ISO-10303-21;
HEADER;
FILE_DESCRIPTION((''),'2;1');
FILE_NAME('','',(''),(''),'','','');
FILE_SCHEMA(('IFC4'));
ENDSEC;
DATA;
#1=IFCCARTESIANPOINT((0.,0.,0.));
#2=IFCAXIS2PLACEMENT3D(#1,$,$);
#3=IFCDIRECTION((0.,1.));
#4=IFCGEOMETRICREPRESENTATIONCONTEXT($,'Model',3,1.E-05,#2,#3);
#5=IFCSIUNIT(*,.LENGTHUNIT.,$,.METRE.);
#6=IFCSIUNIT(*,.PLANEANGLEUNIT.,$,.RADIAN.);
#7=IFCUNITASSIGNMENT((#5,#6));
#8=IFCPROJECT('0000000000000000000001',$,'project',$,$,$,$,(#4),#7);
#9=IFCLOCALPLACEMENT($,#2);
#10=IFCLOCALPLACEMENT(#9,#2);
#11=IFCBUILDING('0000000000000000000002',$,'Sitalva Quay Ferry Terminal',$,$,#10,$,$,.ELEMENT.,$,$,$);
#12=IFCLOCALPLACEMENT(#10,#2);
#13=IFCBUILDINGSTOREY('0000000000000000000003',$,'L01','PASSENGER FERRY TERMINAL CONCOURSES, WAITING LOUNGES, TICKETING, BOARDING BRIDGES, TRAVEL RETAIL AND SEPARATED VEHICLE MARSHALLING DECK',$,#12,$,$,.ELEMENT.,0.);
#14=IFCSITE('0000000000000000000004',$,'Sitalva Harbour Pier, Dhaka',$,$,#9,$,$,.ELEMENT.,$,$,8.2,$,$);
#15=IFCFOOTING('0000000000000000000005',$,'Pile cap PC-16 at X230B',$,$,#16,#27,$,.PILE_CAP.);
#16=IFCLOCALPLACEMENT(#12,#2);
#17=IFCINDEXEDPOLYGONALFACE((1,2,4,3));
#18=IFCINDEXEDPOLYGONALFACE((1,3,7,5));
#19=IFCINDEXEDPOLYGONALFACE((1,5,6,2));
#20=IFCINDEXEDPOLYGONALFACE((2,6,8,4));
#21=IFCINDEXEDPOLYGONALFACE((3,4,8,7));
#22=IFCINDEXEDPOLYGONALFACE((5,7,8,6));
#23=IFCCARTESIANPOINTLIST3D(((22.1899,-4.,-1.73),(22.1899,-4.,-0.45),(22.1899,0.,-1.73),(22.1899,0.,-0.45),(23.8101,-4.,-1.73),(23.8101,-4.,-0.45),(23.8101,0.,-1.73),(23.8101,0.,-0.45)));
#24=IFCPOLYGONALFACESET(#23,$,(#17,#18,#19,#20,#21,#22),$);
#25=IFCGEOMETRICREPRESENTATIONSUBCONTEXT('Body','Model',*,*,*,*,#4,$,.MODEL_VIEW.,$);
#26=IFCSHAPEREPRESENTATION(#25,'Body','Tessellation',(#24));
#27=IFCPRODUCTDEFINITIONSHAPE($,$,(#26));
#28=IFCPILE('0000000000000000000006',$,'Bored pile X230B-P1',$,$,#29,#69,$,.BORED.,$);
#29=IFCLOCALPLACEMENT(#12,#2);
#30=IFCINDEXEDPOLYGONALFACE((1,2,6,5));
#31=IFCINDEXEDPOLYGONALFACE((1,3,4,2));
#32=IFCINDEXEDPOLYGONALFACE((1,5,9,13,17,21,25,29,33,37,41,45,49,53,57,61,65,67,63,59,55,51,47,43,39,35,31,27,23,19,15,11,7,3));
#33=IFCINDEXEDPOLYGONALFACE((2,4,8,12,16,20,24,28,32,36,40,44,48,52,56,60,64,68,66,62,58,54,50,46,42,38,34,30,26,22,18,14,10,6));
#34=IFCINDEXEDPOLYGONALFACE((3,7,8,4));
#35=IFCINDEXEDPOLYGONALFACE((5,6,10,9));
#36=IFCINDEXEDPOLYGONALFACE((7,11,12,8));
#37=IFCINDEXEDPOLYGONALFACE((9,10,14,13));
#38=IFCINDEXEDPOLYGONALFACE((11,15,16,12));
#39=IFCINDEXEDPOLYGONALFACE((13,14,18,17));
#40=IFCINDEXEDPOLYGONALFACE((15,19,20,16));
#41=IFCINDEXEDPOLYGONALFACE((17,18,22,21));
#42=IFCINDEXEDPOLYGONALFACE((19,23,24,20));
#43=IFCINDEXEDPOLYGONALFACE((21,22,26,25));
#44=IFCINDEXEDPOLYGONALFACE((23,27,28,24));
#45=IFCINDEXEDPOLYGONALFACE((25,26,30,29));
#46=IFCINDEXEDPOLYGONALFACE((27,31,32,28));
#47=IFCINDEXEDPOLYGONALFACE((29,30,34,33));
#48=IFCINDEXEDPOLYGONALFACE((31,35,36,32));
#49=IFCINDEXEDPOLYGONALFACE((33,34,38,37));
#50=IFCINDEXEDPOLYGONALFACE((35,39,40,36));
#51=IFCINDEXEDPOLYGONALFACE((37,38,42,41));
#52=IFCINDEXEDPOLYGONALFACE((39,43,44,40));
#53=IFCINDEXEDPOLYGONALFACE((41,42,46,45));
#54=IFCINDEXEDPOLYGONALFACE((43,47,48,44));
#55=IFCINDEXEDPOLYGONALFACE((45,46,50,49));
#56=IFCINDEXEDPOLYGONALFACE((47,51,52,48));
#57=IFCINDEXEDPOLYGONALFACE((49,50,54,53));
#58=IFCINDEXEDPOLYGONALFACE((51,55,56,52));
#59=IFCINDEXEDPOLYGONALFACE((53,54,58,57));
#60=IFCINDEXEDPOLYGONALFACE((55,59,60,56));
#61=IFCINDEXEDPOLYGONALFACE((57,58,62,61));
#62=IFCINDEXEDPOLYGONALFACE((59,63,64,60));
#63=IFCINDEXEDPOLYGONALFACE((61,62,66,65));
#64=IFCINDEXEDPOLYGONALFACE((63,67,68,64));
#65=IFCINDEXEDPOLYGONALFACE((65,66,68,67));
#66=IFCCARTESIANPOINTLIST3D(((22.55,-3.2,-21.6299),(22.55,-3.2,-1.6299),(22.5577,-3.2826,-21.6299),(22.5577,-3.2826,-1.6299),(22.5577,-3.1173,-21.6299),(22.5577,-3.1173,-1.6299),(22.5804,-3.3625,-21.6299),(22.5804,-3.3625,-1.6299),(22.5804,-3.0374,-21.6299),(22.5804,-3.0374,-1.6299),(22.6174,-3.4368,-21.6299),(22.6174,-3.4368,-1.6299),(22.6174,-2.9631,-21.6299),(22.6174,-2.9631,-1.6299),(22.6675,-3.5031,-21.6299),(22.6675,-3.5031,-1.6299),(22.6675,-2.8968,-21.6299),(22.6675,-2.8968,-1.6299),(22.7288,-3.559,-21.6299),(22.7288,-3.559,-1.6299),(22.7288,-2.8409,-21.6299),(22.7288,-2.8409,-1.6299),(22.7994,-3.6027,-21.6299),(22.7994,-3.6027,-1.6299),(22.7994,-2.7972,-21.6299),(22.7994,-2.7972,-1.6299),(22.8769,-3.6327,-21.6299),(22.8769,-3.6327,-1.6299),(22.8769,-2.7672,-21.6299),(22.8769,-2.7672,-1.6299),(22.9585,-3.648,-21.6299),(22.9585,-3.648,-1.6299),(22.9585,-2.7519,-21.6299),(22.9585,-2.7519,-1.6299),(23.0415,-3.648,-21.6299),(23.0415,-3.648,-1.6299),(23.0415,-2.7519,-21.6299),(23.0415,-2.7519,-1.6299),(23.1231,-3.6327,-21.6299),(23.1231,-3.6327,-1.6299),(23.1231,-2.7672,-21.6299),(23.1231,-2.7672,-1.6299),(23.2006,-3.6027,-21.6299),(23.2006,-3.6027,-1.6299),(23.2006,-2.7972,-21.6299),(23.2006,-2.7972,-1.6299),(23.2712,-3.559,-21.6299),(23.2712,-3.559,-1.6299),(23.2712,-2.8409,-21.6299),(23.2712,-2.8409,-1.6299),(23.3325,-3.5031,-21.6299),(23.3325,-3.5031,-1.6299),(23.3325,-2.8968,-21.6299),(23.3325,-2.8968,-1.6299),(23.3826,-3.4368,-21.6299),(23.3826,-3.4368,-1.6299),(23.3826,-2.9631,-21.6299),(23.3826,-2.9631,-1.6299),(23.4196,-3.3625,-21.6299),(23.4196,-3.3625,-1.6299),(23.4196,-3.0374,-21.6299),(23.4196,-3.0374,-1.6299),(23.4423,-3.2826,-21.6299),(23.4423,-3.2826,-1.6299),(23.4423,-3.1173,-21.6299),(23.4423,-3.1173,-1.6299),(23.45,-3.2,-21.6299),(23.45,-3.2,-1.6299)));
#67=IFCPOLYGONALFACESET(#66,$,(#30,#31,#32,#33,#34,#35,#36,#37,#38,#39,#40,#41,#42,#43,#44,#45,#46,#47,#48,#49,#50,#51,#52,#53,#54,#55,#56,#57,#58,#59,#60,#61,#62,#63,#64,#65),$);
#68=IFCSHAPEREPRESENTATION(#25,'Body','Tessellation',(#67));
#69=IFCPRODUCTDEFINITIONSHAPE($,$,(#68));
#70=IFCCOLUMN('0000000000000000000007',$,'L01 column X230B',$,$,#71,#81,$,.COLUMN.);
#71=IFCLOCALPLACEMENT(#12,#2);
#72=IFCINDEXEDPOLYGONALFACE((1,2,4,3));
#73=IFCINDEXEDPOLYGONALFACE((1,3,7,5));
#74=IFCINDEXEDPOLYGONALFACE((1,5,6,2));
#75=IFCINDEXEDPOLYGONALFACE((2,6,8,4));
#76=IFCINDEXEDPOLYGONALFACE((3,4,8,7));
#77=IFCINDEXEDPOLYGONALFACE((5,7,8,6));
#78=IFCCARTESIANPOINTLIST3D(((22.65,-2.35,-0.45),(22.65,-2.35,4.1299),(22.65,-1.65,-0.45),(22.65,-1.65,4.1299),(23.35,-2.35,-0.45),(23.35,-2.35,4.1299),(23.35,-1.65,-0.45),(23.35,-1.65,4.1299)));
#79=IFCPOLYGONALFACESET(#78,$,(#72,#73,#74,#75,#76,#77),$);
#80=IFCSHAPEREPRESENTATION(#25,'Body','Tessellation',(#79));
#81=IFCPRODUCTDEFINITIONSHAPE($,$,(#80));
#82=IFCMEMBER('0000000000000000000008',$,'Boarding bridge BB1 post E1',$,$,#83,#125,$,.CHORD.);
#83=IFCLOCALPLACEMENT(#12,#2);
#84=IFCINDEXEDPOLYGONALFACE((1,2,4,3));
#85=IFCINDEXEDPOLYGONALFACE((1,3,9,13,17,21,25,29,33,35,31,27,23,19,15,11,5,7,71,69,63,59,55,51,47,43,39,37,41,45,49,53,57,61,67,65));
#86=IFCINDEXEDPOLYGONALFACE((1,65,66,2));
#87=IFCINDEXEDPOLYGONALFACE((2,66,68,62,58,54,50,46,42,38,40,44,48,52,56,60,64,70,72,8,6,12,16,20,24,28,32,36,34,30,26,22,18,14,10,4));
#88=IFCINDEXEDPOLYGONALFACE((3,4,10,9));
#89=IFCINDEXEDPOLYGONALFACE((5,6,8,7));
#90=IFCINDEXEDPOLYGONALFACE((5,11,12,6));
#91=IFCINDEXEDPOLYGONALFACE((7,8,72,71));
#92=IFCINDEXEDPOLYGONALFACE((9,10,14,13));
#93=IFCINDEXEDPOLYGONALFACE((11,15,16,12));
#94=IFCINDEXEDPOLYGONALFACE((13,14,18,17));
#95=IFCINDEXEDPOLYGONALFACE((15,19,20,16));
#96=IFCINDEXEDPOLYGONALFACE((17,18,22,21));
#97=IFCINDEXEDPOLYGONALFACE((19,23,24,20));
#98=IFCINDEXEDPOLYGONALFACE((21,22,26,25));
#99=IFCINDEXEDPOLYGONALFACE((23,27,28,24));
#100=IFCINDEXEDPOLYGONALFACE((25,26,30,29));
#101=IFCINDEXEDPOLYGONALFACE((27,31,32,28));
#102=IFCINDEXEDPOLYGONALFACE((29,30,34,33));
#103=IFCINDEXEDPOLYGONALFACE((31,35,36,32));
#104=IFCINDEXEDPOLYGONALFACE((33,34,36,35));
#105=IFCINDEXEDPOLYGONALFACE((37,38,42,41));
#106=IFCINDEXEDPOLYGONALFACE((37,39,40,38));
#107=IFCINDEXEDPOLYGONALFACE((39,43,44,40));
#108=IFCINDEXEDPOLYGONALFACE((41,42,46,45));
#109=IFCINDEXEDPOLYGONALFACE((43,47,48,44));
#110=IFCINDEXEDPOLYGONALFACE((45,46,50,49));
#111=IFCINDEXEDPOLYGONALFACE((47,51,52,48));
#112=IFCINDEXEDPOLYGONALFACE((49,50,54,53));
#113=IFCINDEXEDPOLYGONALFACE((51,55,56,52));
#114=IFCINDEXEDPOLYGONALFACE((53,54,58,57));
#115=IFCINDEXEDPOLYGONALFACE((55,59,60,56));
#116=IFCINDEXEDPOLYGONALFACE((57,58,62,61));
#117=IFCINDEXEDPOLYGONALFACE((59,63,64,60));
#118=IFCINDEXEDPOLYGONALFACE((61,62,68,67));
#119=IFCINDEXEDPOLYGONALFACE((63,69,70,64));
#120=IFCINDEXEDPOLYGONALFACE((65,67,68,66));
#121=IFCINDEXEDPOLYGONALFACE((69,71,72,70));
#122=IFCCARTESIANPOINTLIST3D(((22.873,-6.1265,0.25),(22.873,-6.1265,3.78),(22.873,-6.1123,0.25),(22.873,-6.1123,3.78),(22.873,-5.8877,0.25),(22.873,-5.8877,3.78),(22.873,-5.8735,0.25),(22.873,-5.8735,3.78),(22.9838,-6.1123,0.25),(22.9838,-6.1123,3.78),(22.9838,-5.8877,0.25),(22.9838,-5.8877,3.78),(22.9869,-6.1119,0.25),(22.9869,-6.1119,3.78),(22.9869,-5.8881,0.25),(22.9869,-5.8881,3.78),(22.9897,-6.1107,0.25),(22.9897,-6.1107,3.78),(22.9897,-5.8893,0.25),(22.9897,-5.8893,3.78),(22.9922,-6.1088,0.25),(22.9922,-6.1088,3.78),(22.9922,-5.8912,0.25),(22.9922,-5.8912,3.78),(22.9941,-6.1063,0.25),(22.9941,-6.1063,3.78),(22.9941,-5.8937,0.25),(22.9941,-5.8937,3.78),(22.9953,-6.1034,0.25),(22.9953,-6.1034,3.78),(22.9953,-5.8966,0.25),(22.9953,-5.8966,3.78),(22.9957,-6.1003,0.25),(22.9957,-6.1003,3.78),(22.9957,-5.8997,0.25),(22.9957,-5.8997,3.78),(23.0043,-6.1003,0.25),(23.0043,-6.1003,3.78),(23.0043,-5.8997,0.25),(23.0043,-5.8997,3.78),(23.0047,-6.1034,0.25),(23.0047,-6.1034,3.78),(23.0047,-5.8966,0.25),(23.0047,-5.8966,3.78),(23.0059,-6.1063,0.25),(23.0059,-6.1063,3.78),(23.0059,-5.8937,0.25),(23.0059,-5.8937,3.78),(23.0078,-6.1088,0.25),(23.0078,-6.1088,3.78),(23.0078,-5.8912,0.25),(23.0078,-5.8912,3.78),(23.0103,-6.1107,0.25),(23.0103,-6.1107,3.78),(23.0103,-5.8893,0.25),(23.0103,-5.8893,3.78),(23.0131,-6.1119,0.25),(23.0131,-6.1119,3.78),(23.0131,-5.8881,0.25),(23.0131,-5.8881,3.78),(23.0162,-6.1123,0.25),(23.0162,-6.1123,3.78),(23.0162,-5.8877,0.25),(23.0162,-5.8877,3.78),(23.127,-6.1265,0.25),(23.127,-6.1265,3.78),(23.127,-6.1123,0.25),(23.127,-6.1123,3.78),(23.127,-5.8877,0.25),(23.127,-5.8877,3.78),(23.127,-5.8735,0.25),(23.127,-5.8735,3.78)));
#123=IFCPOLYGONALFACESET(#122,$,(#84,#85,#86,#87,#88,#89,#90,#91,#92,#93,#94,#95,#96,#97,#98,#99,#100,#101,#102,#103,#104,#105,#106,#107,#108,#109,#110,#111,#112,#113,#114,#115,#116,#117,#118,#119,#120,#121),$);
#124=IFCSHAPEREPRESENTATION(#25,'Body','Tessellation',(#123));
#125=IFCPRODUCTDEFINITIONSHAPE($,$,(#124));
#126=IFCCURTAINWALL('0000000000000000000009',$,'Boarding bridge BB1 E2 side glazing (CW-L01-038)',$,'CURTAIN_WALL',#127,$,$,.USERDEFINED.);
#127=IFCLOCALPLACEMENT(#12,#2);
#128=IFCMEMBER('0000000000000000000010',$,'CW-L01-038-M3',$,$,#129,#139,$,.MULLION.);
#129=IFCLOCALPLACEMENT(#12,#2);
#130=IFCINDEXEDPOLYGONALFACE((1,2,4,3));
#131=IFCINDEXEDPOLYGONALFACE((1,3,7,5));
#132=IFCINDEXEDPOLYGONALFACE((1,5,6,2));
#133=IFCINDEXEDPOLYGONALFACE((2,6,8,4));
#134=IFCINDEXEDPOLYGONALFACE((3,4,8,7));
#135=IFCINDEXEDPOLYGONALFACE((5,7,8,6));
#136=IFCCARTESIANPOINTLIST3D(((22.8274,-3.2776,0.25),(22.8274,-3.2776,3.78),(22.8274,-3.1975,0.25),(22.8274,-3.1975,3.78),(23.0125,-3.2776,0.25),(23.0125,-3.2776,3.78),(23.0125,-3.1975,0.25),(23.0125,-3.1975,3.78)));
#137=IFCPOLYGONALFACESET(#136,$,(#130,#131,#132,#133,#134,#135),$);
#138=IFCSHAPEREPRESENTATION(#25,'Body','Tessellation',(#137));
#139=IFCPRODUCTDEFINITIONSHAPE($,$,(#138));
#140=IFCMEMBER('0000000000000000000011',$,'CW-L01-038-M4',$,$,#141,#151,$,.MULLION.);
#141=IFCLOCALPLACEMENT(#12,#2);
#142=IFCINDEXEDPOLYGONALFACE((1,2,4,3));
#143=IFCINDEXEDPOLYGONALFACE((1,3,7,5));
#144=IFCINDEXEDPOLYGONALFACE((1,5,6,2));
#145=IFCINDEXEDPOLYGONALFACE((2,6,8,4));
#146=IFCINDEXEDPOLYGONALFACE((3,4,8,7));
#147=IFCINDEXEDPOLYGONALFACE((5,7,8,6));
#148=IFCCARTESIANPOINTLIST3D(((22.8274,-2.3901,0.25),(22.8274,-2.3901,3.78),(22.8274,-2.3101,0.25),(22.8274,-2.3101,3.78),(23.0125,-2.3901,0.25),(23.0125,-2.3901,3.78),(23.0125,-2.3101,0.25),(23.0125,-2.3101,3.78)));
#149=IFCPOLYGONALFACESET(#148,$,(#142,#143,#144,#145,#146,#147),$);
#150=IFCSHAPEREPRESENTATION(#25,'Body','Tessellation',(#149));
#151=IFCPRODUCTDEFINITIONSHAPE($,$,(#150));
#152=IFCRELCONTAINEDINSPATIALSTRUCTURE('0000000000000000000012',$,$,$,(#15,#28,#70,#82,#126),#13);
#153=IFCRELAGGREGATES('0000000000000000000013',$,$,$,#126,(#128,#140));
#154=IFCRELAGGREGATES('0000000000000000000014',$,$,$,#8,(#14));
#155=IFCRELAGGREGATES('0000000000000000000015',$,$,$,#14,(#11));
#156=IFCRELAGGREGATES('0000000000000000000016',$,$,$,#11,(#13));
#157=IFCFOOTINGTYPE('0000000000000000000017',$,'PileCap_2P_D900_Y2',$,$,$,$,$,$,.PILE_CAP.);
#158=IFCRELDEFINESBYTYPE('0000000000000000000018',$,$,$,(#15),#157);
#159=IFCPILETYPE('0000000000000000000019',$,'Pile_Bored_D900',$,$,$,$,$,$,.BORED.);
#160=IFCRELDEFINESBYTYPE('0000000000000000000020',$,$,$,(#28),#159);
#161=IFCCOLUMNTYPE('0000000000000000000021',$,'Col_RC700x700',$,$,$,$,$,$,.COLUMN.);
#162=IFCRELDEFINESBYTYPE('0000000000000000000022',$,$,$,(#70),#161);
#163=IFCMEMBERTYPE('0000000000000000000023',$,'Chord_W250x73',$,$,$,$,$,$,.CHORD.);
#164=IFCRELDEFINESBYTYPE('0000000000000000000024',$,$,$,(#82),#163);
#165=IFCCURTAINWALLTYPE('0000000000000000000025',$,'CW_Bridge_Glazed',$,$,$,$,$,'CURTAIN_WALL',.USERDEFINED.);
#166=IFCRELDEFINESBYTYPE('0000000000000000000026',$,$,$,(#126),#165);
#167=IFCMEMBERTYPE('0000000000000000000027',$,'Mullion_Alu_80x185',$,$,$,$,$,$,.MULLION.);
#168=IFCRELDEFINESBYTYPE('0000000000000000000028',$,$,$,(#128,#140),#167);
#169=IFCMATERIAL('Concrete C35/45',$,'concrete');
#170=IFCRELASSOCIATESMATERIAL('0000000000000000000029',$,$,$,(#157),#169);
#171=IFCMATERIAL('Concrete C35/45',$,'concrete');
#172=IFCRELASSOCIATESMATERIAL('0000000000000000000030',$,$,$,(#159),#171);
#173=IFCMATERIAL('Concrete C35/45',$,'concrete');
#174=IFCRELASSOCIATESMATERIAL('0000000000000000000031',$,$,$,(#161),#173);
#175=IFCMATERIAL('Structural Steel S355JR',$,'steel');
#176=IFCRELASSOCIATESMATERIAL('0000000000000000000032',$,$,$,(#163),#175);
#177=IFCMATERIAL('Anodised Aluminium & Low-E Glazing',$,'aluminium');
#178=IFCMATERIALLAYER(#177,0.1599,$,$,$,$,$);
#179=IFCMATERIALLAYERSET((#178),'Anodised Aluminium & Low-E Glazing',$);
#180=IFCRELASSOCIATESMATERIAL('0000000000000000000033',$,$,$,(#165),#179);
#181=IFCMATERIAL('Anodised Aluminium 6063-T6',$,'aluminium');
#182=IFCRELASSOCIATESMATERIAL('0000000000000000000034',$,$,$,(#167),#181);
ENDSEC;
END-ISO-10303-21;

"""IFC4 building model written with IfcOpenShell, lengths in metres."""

from ifc_helpers import new_model, si_unit, direction, frame, origin, origin_2d, place, context, subcontext, project, spatial, rectangle, circle, i_section, extrude, material, layer, layer_set, material_profile, profile_set, type_object, element, aggregate, save


model = new_model("IFC4")

# Units and contexts
model_context = context("Model", 3, precision=1e-05, world=origin(), true_north=direction((0.0, 1.0)))
body_context = subcontext(model_context, "Body", "Model", "MODEL_VIEW")
ifc_project = project(units=[si_unit("LENGTHUNIT", "METRE"), si_unit("PLANEANGLEUNIT", "RADIAN")], contexts=[model_context])

# Site, building, storey
site_placement = place(None, origin())
site = spatial("IfcSite", under=ifc_project, at=site_placement, Name="Sitalva Harbour Pier, Dhaka", CompositionType="ELEMENT", RefElevation=8.2)
building_placement = place(site_placement, origin())
building = spatial("IfcBuilding", under=site, at=building_placement, Name="Sitalva Quay Ferry Terminal", CompositionType="ELEMENT")
storey_placement = place(building_placement, origin())
storey = spatial("IfcBuildingStorey", under=building, at=storey_placement, Name="L01", Description="PASSENGER FERRY TERMINAL CONCOURSES, WAITING LOUNGES, TICKETING, BOARDING BRIDGES, TRAVEL RETAIL AND SEPARATED VEHICLE MARSHALLING DECK", CompositionType="ELEMENT", Elevation=0.0)

# Footing
ifc_material_1 = material(Name="Concrete C35/45", Category="concrete")
footing_type = type_object("IfcFootingType", Name="PileCap_2P_D900_Y2", PredefinedType="PILE_CAP", material=ifc_material_1)
footing_placement = place(storey_placement, frame((23.0, -2.0, -1.73), z_axis=(0.0, 0.0, 1.0), x_axis=(1.0, 0.0, 0.0)))
element("IfcFooting", 1, at=footing_placement, inside=storey, type_object=footing_type, Name="Pile cap PC-16 at X230B", PredefinedType="PILE_CAP", context=body_context, shape_type="SweptSolid", body=[
    extrude(rectangle(XDim=1.6201, YDim=4.0, at=origin_2d()), origin(), (0.0, 0.0, 1.0), 1.28),
])

# Pile
ifc_material_2 = material(Name="Concrete C35/45", Category="concrete")
ifc_material_profile_1 = material_profile(ifc_material_2, circle(Radius=0.45, at=origin_2d()), Name="PILE-D900")
ifc_profile_set_1 = profile_set([ifc_material_profile_1], Name="Concrete C35/45")
pile_type = type_object("IfcPileType", Name="Pile_Bored_D900", PredefinedType="BORED", material=ifc_profile_set_1)
pile_placement = place(storey_placement, frame((23.0, -3.2, -1.6299), z_axis=(0.0, 0.0, -1.0), x_axis=(1.0, 0.0, 0.0)))
element("IfcPile", 2, at=pile_placement, inside=storey, type_object=pile_type, Name="Bored pile X230B-P1", PredefinedType="BORED", context=body_context, shape_type="SweptSolid", body=[
    extrude(circle(Radius=0.45, at=origin_2d()), origin(), (0.0, 0.0, 1.0), 20.0),
])

# Column
ifc_material_3 = material(Name="Concrete C35/45", Category="concrete")
ifc_material_profile_2 = material_profile(ifc_material_3, rectangle(XDim=0.7, YDim=0.7, at=origin_2d()), Name="RC700x700")
ifc_profile_set_2 = profile_set([ifc_material_profile_2], Name="Concrete C35/45")
column_type = type_object("IfcColumnType", Name="Col_RC700x700", PredefinedType="COLUMN", material=ifc_profile_set_2)
column_placement = place(storey_placement, frame((23.0, -2.0, -0.45), z_axis=(0.0, 0.0, 1.0), x_axis=(1.0, 0.0, 0.0)))
element("IfcColumn", 3, at=column_placement, inside=storey, type_object=column_type, Name="L01 column X230B", PredefinedType="COLUMN", context=body_context, shape_type="SweptSolid", body=[
    extrude(rectangle(XDim=0.7, YDim=0.7, at=origin_2d()), origin(), (0.0, 0.0, 1.0), 4.5798),
])

# Member
ifc_material_4 = material(Name="Structural Steel S355JR", Category="steel")
ifc_material_profile_3 = material_profile(ifc_material_4, i_section(OverallWidth=0.2539, OverallDepth=0.2529, WebThickness=0.0085, FlangeThickness=0.0142, FilletRadius=0.012, at=origin_2d()), Name="W250x73")
ifc_profile_set_3 = profile_set([ifc_material_profile_3], Name="Structural Steel S355JR")
member_type_1 = type_object("IfcMemberType", Name="Chord_W250x73", PredefinedType="CHORD", material=ifc_profile_set_3)
member_1_placement = place(storey_placement, frame((23.0, -6.0, 0.25), z_axis=(0.0, 0.0, 1.0), x_axis=(1.0, 0.0, 0.0)))
element("IfcMember", 4, at=member_1_placement, inside=storey, type_object=member_type_1, Name="Boarding bridge BB1 post E1", PredefinedType="CHORD", context=body_context, shape_type="SweptSolid", body=[
    extrude(i_section(OverallWidth=0.2539, OverallDepth=0.2529, WebThickness=0.0085, FlangeThickness=0.0142, FilletRadius=0.012, at=origin_2d()), origin(), (0.0, 0.0, 1.0), 3.53),
])

# Curtain wall, members
ifc_material_5 = material(Name="Anodised Aluminium & Low-E Glazing", Category="aluminium")
ifc_layer_1 = layer(ifc_material_5, 0.1599)
ifc_layer_set_1 = layer_set([ifc_layer_1], Name="Anodised Aluminium & Low-E Glazing")
curtain_wall_type = type_object("IfcCurtainWallType", Name="CW_Bridge_Glazed", ElementType="CURTAIN_WALL", PredefinedType="USERDEFINED", material=ifc_layer_set_1)
curtain_wall_placement = place(storey_placement, origin())
curtain_wall = element("IfcCurtainWall", 5, at=curtain_wall_placement, inside=storey, type_object=curtain_wall_type, Name="Boarding bridge BB1 E2 side glazing (CW-L01-038)", ObjectType="CURTAIN_WALL", PredefinedType="USERDEFINED")
ifc_material_6 = material(Name="Anodised Aluminium 6063-T6", Category="aluminium")
ifc_material_profile_4 = material_profile(ifc_material_6, rectangle(XDim=0.0801, YDim=0.1851, at=origin_2d()), Name="ALU80x185")
ifc_profile_set_4 = profile_set([ifc_material_profile_4], Name="Anodised Aluminium 6063-T6")
member_type_2 = type_object("IfcMemberType", Name="Mullion_Alu_80x185", PredefinedType="MULLION", material=ifc_profile_set_4)
member_2_placement = place(storey_placement, frame((22.9199, -3.2375, 0.25), z_axis=(0.0, 0.0, 1.0), x_axis=(0.0, 1.0, 0.0)))
member_2 = element("IfcMember", 6, at=member_2_placement, type_object=member_type_2, Name="CW-L01-038-M3", PredefinedType="MULLION", context=body_context, shape_type="SweptSolid", body=[
    extrude(rectangle(XDim=0.0801, YDim=0.1851, at=origin_2d()), origin(), (0.0, 0.0, 1.0), 3.53),
])
member_3_placement = place(storey_placement, frame((22.9199, -2.3501, 0.25), z_axis=(0.0, 0.0, 1.0), x_axis=(0.0, 1.0, 0.0)))
member_3 = element("IfcMember", 7, at=member_3_placement, type_object=member_type_2, Name="CW-L01-038-M4", PredefinedType="MULLION", context=body_context, shape_type="SweptSolid", body=[
    extrude(rectangle(XDim=0.0801, YDim=0.1851, at=origin_2d()), origin(), (0.0, 0.0, 1.0), 3.53),
])

aggregate(curtain_wall, [member_2, member_3])

save(model, "model.ifc")
